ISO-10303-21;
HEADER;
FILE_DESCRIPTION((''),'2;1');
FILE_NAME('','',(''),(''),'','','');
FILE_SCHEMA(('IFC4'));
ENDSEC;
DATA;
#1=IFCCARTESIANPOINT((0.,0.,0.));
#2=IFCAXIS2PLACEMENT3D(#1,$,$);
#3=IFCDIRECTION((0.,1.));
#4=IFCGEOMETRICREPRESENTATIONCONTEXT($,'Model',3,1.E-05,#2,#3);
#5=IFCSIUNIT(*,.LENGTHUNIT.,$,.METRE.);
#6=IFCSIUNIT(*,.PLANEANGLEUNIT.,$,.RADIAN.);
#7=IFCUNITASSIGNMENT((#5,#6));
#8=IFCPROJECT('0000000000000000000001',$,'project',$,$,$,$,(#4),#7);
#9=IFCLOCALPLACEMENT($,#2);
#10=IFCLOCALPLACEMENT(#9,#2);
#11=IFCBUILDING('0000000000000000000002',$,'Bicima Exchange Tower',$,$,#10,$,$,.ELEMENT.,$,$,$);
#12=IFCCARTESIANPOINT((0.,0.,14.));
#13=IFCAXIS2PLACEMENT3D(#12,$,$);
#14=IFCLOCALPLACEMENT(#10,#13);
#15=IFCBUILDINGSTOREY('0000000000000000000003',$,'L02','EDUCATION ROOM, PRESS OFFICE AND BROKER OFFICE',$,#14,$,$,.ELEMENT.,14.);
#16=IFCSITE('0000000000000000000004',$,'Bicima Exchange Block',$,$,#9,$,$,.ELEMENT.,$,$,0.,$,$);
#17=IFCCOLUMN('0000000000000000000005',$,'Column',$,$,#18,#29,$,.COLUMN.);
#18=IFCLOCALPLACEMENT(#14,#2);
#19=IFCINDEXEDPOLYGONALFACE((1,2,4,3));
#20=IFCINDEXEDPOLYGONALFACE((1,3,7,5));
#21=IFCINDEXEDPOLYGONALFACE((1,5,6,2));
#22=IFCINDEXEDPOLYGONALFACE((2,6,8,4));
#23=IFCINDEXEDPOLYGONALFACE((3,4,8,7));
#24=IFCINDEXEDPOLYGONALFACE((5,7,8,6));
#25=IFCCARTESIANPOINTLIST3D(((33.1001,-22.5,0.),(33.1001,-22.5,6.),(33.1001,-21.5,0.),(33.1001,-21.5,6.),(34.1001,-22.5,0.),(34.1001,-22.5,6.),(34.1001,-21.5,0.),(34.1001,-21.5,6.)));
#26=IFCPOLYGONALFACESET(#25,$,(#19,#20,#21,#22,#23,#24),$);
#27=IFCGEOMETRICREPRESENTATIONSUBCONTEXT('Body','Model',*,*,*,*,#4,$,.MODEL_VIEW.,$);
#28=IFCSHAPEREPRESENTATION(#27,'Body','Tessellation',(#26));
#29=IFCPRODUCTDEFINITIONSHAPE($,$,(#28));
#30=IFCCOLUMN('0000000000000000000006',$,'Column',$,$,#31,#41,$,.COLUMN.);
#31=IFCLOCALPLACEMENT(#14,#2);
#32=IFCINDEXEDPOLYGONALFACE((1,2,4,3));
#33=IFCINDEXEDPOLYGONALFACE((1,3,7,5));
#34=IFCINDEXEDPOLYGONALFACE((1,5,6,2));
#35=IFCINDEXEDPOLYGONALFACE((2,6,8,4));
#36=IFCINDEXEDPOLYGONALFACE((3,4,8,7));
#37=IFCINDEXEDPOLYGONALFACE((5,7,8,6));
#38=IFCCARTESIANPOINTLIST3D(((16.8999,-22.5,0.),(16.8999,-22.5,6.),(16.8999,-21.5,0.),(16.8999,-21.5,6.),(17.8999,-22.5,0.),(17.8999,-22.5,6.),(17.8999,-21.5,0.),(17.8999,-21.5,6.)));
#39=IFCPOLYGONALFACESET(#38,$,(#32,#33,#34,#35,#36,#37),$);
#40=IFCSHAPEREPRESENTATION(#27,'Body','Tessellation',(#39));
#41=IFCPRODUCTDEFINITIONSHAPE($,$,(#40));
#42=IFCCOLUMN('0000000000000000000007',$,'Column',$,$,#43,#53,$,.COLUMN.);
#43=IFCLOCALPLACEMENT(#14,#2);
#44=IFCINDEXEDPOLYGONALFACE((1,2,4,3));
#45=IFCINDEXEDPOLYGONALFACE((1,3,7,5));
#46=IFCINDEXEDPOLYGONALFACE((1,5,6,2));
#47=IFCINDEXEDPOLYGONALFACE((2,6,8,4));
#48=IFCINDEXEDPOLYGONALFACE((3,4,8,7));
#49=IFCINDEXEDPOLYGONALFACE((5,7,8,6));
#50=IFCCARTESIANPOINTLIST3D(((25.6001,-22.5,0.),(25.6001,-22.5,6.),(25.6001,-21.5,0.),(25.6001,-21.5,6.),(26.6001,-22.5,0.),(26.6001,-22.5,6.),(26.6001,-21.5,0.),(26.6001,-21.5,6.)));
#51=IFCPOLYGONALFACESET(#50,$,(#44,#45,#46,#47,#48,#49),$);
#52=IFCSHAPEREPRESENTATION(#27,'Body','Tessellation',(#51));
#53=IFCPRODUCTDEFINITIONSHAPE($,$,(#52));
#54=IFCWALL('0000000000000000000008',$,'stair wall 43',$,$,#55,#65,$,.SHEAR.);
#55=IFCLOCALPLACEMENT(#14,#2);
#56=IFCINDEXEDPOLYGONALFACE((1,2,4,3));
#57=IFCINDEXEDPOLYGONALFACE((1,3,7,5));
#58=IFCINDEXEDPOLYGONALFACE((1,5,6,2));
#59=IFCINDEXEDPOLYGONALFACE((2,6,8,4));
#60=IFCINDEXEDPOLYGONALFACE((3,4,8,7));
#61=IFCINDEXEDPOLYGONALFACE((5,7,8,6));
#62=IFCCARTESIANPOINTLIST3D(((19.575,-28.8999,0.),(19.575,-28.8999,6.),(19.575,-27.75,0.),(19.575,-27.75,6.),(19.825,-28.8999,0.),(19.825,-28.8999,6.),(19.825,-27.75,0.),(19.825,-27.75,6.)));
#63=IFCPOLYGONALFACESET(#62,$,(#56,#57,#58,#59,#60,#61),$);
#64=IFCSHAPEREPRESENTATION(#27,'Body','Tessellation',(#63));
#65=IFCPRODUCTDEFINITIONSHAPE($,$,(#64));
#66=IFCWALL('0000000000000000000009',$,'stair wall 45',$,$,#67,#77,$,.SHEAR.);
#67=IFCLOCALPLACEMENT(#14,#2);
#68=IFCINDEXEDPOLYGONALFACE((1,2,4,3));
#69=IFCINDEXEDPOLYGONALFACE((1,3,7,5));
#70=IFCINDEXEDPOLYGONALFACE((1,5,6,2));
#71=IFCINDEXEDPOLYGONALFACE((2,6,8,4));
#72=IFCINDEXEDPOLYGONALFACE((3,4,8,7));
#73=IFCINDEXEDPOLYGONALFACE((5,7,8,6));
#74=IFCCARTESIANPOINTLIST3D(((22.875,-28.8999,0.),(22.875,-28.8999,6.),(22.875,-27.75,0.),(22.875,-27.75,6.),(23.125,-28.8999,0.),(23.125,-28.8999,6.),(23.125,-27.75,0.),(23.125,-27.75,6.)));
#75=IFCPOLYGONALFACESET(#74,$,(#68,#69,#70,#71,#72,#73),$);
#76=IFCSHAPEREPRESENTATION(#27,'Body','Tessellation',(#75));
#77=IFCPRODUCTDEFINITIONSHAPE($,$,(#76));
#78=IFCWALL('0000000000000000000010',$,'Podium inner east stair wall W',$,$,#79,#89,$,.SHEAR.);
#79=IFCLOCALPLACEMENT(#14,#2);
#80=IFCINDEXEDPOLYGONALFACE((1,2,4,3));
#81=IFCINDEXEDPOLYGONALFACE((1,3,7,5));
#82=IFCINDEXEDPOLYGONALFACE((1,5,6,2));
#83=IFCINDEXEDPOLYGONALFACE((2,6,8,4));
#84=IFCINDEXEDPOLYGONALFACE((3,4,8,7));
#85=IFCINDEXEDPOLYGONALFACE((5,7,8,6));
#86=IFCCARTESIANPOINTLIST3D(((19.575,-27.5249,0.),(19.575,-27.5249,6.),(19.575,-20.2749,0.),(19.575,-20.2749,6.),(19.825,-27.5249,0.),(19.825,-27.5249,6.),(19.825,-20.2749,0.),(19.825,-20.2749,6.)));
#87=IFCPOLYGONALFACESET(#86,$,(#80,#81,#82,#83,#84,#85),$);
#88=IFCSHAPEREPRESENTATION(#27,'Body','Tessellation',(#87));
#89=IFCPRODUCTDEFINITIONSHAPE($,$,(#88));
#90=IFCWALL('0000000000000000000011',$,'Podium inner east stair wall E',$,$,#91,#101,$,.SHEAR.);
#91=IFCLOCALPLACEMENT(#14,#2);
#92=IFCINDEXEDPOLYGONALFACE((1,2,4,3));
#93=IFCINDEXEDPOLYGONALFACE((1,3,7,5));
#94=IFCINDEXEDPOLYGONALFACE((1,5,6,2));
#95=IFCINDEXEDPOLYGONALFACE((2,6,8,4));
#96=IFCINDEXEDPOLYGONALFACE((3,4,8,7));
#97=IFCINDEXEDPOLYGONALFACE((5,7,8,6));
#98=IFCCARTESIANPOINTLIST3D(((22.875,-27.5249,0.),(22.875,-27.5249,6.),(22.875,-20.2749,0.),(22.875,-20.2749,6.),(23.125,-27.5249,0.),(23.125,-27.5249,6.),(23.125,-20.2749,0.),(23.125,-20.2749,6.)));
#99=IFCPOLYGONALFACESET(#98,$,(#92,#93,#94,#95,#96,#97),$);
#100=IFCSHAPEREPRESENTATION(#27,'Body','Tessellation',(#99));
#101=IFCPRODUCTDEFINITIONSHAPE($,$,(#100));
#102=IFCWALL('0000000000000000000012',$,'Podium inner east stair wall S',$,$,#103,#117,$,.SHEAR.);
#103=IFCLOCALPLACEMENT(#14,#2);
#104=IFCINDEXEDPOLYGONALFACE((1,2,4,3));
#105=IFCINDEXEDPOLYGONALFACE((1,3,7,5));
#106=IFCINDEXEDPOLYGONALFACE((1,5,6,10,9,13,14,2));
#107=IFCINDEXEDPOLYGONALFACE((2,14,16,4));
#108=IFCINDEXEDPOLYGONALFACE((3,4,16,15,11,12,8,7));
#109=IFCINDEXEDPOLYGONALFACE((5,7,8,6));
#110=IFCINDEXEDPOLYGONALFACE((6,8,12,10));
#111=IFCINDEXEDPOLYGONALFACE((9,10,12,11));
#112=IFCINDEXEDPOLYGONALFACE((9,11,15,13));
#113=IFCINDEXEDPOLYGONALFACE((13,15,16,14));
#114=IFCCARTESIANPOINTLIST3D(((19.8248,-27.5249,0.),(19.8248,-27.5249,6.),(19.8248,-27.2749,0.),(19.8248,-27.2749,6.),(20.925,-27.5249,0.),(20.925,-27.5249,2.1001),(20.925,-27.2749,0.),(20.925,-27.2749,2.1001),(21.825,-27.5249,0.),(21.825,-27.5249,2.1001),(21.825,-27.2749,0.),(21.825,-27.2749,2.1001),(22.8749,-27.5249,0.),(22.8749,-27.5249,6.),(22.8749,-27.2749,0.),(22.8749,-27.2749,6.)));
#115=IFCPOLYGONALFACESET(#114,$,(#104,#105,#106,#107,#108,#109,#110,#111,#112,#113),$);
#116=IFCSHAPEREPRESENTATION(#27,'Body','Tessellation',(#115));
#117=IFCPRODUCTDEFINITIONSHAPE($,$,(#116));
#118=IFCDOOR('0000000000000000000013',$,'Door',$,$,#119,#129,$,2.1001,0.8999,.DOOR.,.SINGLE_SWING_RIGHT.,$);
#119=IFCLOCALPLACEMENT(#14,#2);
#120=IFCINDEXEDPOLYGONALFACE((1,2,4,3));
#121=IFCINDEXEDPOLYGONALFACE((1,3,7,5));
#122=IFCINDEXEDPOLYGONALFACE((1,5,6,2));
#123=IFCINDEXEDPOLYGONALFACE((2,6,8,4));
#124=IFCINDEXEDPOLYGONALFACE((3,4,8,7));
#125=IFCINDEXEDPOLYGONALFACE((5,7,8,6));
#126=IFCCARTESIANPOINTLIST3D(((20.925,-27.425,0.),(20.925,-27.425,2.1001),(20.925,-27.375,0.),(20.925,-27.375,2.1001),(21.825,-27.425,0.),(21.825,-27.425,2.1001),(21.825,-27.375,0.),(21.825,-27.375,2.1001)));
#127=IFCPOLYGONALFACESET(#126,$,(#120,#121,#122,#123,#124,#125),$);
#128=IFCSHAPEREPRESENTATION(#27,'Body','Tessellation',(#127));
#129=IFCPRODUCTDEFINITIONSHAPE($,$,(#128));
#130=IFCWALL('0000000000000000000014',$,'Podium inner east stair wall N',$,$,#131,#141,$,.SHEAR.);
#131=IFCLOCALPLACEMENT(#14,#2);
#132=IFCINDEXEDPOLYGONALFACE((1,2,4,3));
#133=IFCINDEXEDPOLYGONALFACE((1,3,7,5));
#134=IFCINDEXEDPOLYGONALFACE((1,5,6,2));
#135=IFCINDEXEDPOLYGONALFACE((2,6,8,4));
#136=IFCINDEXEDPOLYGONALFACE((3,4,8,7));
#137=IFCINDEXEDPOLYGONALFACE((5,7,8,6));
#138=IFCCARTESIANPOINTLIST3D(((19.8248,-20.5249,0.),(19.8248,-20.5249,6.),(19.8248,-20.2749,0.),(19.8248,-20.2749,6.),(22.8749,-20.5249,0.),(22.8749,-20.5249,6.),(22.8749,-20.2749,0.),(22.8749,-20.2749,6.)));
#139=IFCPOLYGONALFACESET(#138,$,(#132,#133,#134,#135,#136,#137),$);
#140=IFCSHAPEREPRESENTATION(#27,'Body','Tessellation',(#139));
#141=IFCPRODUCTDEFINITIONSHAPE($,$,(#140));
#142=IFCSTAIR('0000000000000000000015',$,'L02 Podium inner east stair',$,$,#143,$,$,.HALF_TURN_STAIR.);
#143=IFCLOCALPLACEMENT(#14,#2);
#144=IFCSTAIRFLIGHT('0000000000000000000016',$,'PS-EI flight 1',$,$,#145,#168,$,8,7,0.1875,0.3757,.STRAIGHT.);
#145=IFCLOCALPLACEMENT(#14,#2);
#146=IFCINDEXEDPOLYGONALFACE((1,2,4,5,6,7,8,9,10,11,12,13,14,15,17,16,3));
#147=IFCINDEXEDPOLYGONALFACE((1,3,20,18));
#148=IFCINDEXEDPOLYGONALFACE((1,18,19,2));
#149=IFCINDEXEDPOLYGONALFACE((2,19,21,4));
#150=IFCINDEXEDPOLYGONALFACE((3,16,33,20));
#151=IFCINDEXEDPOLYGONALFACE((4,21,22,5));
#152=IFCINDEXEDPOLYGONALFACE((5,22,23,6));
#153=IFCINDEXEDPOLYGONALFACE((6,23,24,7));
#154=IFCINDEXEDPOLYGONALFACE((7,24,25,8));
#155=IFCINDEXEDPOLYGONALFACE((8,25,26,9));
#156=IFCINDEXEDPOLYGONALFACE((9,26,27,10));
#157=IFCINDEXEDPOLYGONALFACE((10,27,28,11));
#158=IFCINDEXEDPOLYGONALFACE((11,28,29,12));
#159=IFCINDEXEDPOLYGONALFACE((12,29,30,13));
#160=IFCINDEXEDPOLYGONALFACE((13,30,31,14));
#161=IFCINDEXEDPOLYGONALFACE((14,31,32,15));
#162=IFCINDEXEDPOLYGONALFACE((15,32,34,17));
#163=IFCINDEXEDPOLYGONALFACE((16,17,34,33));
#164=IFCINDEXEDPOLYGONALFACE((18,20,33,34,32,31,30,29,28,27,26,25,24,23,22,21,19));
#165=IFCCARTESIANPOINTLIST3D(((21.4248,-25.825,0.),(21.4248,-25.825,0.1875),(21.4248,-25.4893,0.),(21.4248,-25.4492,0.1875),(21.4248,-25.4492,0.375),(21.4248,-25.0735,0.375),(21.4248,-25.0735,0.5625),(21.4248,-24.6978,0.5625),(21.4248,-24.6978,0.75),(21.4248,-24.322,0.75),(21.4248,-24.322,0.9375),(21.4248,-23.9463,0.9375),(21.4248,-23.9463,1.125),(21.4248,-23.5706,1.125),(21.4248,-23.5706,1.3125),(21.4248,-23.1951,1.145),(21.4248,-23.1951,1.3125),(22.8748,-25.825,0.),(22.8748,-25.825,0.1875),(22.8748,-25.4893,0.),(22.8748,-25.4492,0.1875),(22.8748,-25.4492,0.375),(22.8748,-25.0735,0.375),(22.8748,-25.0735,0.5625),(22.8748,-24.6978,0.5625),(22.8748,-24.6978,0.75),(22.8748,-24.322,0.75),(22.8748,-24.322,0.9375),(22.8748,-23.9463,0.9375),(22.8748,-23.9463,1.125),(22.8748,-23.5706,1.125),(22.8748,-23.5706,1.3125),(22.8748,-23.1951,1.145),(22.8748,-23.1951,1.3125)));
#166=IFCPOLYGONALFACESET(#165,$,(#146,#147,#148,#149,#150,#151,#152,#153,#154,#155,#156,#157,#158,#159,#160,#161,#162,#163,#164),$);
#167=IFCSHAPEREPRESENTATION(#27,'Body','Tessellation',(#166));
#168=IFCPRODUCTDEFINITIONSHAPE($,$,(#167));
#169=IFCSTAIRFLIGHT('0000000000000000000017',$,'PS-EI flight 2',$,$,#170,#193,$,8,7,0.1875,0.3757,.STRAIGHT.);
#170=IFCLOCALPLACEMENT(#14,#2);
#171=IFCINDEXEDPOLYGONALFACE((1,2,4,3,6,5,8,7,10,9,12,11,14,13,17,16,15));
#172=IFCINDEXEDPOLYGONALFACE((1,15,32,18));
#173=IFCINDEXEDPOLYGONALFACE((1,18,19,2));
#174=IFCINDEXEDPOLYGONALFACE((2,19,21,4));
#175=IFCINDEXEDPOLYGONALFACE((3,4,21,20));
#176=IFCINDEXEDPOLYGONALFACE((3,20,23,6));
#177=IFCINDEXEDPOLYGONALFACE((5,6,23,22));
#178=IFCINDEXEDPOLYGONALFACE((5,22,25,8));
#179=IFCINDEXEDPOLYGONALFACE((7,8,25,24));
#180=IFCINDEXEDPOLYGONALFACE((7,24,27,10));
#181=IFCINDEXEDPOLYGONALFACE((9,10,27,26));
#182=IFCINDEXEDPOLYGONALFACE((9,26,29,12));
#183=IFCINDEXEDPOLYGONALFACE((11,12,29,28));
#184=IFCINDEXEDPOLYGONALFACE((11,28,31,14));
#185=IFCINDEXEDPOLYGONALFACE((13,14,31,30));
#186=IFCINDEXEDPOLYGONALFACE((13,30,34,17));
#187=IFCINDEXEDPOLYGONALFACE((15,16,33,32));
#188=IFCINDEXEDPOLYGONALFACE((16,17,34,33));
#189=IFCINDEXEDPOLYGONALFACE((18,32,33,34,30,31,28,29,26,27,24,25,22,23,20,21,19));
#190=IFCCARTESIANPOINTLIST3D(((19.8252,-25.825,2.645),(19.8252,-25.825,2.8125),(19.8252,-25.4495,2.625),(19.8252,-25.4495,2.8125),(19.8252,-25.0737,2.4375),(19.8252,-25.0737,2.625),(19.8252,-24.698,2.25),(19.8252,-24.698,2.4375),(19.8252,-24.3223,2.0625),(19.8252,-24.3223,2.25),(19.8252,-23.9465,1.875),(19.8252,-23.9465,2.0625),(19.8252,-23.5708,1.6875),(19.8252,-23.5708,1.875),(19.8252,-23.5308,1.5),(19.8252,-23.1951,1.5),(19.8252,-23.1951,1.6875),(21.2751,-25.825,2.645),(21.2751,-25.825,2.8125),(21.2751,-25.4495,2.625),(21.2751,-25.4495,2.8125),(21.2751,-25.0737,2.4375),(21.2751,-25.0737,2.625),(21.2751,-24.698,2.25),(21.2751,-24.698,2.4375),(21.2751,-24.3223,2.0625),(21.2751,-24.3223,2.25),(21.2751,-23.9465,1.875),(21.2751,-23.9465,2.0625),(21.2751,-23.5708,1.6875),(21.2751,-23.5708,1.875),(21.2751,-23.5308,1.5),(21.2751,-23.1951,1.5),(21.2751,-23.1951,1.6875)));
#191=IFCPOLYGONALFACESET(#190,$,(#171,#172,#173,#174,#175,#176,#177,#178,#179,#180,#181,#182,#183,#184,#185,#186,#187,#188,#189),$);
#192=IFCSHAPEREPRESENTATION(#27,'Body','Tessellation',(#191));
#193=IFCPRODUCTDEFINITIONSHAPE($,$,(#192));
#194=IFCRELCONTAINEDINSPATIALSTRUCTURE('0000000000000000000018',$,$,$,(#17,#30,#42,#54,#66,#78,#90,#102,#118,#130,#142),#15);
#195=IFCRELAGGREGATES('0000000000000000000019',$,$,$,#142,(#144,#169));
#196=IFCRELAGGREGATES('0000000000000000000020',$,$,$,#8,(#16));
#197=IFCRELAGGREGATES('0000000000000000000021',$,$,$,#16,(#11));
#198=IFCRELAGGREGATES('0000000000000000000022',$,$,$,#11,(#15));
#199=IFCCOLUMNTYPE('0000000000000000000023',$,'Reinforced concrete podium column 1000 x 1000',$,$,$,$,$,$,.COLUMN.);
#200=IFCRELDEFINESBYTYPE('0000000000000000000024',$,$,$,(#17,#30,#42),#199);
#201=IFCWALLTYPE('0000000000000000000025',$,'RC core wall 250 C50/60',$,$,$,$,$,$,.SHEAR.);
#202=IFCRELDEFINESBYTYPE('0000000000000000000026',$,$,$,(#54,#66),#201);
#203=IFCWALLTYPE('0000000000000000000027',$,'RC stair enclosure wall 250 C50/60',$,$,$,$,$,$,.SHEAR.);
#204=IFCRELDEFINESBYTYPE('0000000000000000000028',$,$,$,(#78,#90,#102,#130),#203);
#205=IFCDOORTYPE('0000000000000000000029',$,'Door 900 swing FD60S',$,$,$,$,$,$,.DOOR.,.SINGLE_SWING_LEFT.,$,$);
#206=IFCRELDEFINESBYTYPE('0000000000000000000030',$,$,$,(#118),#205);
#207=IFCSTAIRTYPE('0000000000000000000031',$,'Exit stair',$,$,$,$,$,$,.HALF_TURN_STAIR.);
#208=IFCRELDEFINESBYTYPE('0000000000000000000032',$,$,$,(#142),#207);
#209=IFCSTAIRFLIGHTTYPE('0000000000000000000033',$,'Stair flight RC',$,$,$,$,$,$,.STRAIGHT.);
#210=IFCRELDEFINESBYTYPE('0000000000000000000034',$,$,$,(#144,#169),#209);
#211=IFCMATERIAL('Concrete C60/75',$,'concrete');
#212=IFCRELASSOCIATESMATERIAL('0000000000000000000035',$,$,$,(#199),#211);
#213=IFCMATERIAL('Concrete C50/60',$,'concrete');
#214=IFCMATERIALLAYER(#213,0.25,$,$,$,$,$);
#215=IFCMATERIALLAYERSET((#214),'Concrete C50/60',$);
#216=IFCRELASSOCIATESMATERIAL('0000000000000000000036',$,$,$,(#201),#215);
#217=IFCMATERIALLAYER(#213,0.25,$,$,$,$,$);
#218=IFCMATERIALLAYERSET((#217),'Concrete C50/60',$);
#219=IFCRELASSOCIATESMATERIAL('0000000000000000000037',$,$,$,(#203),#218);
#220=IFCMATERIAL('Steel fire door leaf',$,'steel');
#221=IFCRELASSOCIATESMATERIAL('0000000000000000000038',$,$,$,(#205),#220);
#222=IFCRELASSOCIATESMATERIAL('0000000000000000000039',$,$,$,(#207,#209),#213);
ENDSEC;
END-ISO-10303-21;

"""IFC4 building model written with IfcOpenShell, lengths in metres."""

from ifc_helpers import new_model, si_unit, direction, frame, frame_2d, origin, origin_2d, place, context, subcontext, project, spatial, polyline, rectangle, outline, extrude, material, layer, layer_set, material_profile, profile_set, type_object, element, fill, aggregate, save


model = new_model("IFC4")

# Units and contexts
model_context = context("Model", 3, precision=1e-05, world=origin(), true_north=direction((0.0, 1.0)))
body_context = subcontext(model_context, "Body", "Model", "MODEL_VIEW")
ifc_project = project(units=[si_unit("LENGTHUNIT", "METRE"), si_unit("PLANEANGLEUNIT", "RADIAN")], contexts=[model_context])

# Site, building, storey
site_placement = place(None, origin())
site = spatial("IfcSite", under=ifc_project, at=site_placement, Name="Bicima Exchange Block", CompositionType="ELEMENT", RefElevation=0.0)
building_placement = place(site_placement, origin())
building = spatial("IfcBuilding", under=site, at=building_placement, Name="Bicima Exchange Tower", CompositionType="ELEMENT")
storey_placement = place(building_placement, frame((0.0, 0.0, 14.0)))
storey = spatial("IfcBuildingStorey", under=building, at=storey_placement, Name="L02", Description="EDUCATION ROOM, PRESS OFFICE AND BROKER OFFICE", CompositionType="ELEMENT", Elevation=14.0)

# Columns
ifc_material_1 = material(Name="Concrete C60/75", Category="concrete")
ifc_material_profile = material_profile(ifc_material_1, rectangle(XDim=1.0, YDim=1.0, at=origin_2d()))
ifc_profile_set = profile_set([ifc_material_profile], Name="Concrete C60/75")
column_type = type_object("IfcColumnType", Name="Reinforced concrete podium column 1000 x 1000", PredefinedType="COLUMN", material=ifc_profile_set)
for number, where, z_axis, x_axis, name in (
    (1, (33.6001, -22.0, 0.0), (0.0, 0.0, 1.0), (1.0, 0.0, 0.0), "Column"),
    (2, (17.3999, -22.0, 0.0), (0.0, 0.0, 1.0), (1.0, 0.0, 0.0), "Column"),
    (3, (26.1001, -22.0, 0.0), (0.0, 0.0, 1.0), (1.0, 0.0, 0.0), "Column"),
):
    element("IfcColumn", number, at=place(storey_placement, frame(where, z_axis=z_axis, x_axis=x_axis)), inside=storey, type_object=column_type, Name=name, PredefinedType="COLUMN", context=body_context, shape_type="SweptSolid", body=[
        extrude(rectangle(XDim=1.0, YDim=1.0, at=origin_2d()), origin(), (0.0, 0.0, 1.0), 6.0),
    ])

# Walls
ifc_material_2 = material(Name="Concrete C50/60", Category="concrete")
ifc_layer_1 = layer(ifc_material_2, 0.25)
ifc_layer_set_1 = layer_set([ifc_layer_1], Name="Concrete C50/60")
wall_type_1 = type_object("IfcWallType", Name="RC core wall 250 C50/60", PredefinedType="SHEAR", material=ifc_layer_set_1)
for number, where, z_axis, x_axis, name in (
    (4, (19.7, -28.8999, 0.0), (0.0, 0.0, 1.0), (0.0, 1.0, 0.0), "stair wall 43"),
    (5, (23.0, -28.8999, 0.0), (0.0, 0.0, 1.0), (0.0, 1.0, 0.0), "stair wall 45"),
):
    element("IfcWall", number, at=place(storey_placement, frame(where, z_axis=z_axis, x_axis=x_axis)), inside=storey, type_object=wall_type_1, Name=name, PredefinedType="SHEAR", context=body_context, shape_type="SweptSolid", body=[
        extrude(rectangle(XDim=1.1499, YDim=0.25, at=frame_2d((0.575, 0.0))), origin(), (0.0, 0.0, 1.0), 6.0),
    ])
ifc_layer_2 = layer(ifc_material_2, 0.25)
ifc_layer_set_2 = layer_set([ifc_layer_2], Name="Concrete C50/60")
wall_type_2 = type_object("IfcWallType", Name="RC stair enclosure wall 250 C50/60", PredefinedType="SHEAR", material=ifc_layer_set_2)
for number, where, z_axis, x_axis, name in (
    (6, (19.7, -27.5249, 0.0), (0.0, 0.0, 1.0), (0.0, 1.0, 0.0), "Podium inner east stair wall W"),
    (7, (23.0, -27.5249, 0.0), (0.0, 0.0, 1.0), (0.0, 1.0, 0.0), "Podium inner east stair wall E"),
):
    element("IfcWall", number, at=place(storey_placement, frame(where, z_axis=z_axis, x_axis=x_axis)), inside=storey, type_object=wall_type_2, Name=name, PredefinedType="SHEAR", context=body_context, shape_type="SweptSolid", body=[
        extrude(rectangle(XDim=7.25, YDim=0.25, at=frame_2d((3.625, 0.0))), origin(), (0.0, 0.0, 1.0), 6.0),
    ])

# Wall, opening, door
wall_1_placement = place(storey_placement, frame((19.825, -27.3999, 0.0), z_axis=(0.0, 0.0, 1.0), x_axis=(1.0, 0.0, 0.0)))
wall_1 = element("IfcWall", 8, at=wall_1_placement, inside=storey, type_object=wall_type_2, Name="Podium inner east stair wall S", PredefinedType="SHEAR", context=body_context, shape_type="SweptSolid", body=[
    extrude(rectangle(XDim=3.05, YDim=0.25, at=frame_2d((1.5249, 0.0))), origin(), (0.0, 0.0, 1.0), 6.0),
])
opening_placement = place(wall_1_placement, frame((1.1001, 0.0, 0.0)))
opening = element("IfcOpeningElement", 9, at=opening_placement, cuts=wall_1, PredefinedType="OPENING", context=body_context, shape_type="SweptSolid", body=[
    extrude(rectangle(XDim=0.8999, YDim=2.1001, at=frame_2d((0.45, 1.05))), frame((0.0, 0.137, 0.0), z_axis=(0.0, -1.0, 0.0), x_axis=(1.0, 0.0, 0.0)), (0.0, 0.0, 1.0), 0.2739),
])
ifc_material_3 = material(Name="Steel fire door leaf", Category="steel")
door_type = type_object("IfcDoorType", Name="Door 900 swing FD60S", OperationType="SINGLE_SWING_LEFT", PredefinedType="DOOR", material=ifc_material_3)
door_placement = place(opening_placement, origin())
door = element("IfcDoor", 10, at=door_placement, inside=storey, type_object=door_type, Name="Door", OperationType="SINGLE_SWING_RIGHT", OverallHeight=2.1001, OverallWidth=0.8999, PredefinedType="DOOR", context=body_context, shape_type="SweptSolid", body=[
    extrude(rectangle(XDim=0.8999, YDim=2.1001, at=frame_2d((0.45, 1.05))), frame((0.0, 0.0249, 0.0), z_axis=(0.0, -1.0, 0.0), x_axis=(1.0, 0.0, 0.0)), (0.0, 0.0, 1.0), 0.05),
])
fill(opening, door)

# Wall
wall_2_placement = place(storey_placement, frame((19.825, -20.3999, 0.0), z_axis=(0.0, 0.0, 1.0), x_axis=(1.0, 0.0, 0.0)))
element("IfcWall", 11, at=wall_2_placement, inside=storey, type_object=wall_type_2, Name="Podium inner east stair wall N", PredefinedType="SHEAR", context=body_context, shape_type="SweptSolid", body=[
    extrude(rectangle(XDim=3.05, YDim=0.25, at=frame_2d((1.5249, 0.0))), origin(), (0.0, 0.0, 1.0), 6.0),
])

# Stair, stair flights
stair_type = type_object("IfcStairType", Name="Exit stair", PredefinedType="HALF_TURN_STAIR", material=ifc_material_2)
stair_placement = place(storey_placement, origin())
stair = element("IfcStair", 12, at=stair_placement, inside=storey, type_object=stair_type, Name="L02 Podium inner east stair", PredefinedType="HALF_TURN_STAIR")
stair_flight_type = type_object("IfcStairFlightType", Name="Stair flight RC", PredefinedType="STRAIGHT", material=ifc_material_2)
stair_flight_1_placement = place(storey_placement, frame((22.1499, -25.825, 0.0), z_axis=(0.0, 0.0, 1.0), x_axis=(0.0, 1.0, 0.0)))
stair_flight_1 = element("IfcStairFlight", 13, at=stair_flight_1_placement, type_object=stair_flight_type, Name="PS-EI flight 1", NumberOfRisers=8, NumberOfTreads=7, PredefinedType="STRAIGHT", RiserHeight=0.1875, TreadLength=0.3757, context=body_context, shape_type="SweptSolid", body=[
    extrude(outline(polyline([(0.0, 0.0), (0.0, 0.1875), (0.3757, 0.1875), (0.3757, 0.375), (0.7515, 0.375), (0.7515, 0.5625), (1.1272, 0.5625), (1.1272, 0.75), (1.5029, 0.75), (1.5029, 0.9375), (1.8787, 0.9375), (1.8787, 1.125), (2.2544, 1.125), (2.2544, 1.3125), (2.6299, 1.3125), (2.6299, 1.5), (2.6299, 1.145), (0.3357, 0.0), (0.0, 0.0)])), frame((0.0, 0.7251, 0.0), z_axis=(0.0, -1.0, 0.0), x_axis=(1.0, 0.0, 0.0)), (0.0, 0.0, 1.0), 1.45),
])
stair_flight_2_placement = place(storey_placement, frame((20.55, -23.1951, 1.5), z_axis=(0.0, 0.0, 1.0), x_axis=(0.0, -1.0, 0.0)))
stair_flight_2 = element("IfcStairFlight", 14, at=stair_flight_2_placement, type_object=stair_flight_type, Name="PS-EI flight 2", NumberOfRisers=8, NumberOfTreads=7, PredefinedType="STRAIGHT", RiserHeight=0.1875, TreadLength=0.3757, context=body_context, shape_type="SweptSolid", body=[
    extrude(outline(polyline([(0.0, 0.0), (0.0, 0.1875), (0.3757, 0.1875), (0.3757, 0.375), (0.7515, 0.375), (0.7515, 0.5625), (1.1272, 0.5625), (1.1272, 0.75), (1.5029, 0.75), (1.5029, 0.9375), (1.8787, 0.9375), (1.8787, 1.125), (2.2544, 1.125), (2.2544, 1.3125), (2.6299, 1.3125), (2.6299, 1.5), (2.6299, 1.145), (0.3357, 0.0), (0.0, 0.0)])), frame((0.0, 0.7251, 0.0), z_axis=(0.0, -1.0, 0.0), x_axis=(1.0, 0.0, 0.0)), (0.0, 0.0, 1.0), 1.45),
])
aggregate(stair, [stair_flight_1, stair_flight_2])

save(model, "model.ifc")
